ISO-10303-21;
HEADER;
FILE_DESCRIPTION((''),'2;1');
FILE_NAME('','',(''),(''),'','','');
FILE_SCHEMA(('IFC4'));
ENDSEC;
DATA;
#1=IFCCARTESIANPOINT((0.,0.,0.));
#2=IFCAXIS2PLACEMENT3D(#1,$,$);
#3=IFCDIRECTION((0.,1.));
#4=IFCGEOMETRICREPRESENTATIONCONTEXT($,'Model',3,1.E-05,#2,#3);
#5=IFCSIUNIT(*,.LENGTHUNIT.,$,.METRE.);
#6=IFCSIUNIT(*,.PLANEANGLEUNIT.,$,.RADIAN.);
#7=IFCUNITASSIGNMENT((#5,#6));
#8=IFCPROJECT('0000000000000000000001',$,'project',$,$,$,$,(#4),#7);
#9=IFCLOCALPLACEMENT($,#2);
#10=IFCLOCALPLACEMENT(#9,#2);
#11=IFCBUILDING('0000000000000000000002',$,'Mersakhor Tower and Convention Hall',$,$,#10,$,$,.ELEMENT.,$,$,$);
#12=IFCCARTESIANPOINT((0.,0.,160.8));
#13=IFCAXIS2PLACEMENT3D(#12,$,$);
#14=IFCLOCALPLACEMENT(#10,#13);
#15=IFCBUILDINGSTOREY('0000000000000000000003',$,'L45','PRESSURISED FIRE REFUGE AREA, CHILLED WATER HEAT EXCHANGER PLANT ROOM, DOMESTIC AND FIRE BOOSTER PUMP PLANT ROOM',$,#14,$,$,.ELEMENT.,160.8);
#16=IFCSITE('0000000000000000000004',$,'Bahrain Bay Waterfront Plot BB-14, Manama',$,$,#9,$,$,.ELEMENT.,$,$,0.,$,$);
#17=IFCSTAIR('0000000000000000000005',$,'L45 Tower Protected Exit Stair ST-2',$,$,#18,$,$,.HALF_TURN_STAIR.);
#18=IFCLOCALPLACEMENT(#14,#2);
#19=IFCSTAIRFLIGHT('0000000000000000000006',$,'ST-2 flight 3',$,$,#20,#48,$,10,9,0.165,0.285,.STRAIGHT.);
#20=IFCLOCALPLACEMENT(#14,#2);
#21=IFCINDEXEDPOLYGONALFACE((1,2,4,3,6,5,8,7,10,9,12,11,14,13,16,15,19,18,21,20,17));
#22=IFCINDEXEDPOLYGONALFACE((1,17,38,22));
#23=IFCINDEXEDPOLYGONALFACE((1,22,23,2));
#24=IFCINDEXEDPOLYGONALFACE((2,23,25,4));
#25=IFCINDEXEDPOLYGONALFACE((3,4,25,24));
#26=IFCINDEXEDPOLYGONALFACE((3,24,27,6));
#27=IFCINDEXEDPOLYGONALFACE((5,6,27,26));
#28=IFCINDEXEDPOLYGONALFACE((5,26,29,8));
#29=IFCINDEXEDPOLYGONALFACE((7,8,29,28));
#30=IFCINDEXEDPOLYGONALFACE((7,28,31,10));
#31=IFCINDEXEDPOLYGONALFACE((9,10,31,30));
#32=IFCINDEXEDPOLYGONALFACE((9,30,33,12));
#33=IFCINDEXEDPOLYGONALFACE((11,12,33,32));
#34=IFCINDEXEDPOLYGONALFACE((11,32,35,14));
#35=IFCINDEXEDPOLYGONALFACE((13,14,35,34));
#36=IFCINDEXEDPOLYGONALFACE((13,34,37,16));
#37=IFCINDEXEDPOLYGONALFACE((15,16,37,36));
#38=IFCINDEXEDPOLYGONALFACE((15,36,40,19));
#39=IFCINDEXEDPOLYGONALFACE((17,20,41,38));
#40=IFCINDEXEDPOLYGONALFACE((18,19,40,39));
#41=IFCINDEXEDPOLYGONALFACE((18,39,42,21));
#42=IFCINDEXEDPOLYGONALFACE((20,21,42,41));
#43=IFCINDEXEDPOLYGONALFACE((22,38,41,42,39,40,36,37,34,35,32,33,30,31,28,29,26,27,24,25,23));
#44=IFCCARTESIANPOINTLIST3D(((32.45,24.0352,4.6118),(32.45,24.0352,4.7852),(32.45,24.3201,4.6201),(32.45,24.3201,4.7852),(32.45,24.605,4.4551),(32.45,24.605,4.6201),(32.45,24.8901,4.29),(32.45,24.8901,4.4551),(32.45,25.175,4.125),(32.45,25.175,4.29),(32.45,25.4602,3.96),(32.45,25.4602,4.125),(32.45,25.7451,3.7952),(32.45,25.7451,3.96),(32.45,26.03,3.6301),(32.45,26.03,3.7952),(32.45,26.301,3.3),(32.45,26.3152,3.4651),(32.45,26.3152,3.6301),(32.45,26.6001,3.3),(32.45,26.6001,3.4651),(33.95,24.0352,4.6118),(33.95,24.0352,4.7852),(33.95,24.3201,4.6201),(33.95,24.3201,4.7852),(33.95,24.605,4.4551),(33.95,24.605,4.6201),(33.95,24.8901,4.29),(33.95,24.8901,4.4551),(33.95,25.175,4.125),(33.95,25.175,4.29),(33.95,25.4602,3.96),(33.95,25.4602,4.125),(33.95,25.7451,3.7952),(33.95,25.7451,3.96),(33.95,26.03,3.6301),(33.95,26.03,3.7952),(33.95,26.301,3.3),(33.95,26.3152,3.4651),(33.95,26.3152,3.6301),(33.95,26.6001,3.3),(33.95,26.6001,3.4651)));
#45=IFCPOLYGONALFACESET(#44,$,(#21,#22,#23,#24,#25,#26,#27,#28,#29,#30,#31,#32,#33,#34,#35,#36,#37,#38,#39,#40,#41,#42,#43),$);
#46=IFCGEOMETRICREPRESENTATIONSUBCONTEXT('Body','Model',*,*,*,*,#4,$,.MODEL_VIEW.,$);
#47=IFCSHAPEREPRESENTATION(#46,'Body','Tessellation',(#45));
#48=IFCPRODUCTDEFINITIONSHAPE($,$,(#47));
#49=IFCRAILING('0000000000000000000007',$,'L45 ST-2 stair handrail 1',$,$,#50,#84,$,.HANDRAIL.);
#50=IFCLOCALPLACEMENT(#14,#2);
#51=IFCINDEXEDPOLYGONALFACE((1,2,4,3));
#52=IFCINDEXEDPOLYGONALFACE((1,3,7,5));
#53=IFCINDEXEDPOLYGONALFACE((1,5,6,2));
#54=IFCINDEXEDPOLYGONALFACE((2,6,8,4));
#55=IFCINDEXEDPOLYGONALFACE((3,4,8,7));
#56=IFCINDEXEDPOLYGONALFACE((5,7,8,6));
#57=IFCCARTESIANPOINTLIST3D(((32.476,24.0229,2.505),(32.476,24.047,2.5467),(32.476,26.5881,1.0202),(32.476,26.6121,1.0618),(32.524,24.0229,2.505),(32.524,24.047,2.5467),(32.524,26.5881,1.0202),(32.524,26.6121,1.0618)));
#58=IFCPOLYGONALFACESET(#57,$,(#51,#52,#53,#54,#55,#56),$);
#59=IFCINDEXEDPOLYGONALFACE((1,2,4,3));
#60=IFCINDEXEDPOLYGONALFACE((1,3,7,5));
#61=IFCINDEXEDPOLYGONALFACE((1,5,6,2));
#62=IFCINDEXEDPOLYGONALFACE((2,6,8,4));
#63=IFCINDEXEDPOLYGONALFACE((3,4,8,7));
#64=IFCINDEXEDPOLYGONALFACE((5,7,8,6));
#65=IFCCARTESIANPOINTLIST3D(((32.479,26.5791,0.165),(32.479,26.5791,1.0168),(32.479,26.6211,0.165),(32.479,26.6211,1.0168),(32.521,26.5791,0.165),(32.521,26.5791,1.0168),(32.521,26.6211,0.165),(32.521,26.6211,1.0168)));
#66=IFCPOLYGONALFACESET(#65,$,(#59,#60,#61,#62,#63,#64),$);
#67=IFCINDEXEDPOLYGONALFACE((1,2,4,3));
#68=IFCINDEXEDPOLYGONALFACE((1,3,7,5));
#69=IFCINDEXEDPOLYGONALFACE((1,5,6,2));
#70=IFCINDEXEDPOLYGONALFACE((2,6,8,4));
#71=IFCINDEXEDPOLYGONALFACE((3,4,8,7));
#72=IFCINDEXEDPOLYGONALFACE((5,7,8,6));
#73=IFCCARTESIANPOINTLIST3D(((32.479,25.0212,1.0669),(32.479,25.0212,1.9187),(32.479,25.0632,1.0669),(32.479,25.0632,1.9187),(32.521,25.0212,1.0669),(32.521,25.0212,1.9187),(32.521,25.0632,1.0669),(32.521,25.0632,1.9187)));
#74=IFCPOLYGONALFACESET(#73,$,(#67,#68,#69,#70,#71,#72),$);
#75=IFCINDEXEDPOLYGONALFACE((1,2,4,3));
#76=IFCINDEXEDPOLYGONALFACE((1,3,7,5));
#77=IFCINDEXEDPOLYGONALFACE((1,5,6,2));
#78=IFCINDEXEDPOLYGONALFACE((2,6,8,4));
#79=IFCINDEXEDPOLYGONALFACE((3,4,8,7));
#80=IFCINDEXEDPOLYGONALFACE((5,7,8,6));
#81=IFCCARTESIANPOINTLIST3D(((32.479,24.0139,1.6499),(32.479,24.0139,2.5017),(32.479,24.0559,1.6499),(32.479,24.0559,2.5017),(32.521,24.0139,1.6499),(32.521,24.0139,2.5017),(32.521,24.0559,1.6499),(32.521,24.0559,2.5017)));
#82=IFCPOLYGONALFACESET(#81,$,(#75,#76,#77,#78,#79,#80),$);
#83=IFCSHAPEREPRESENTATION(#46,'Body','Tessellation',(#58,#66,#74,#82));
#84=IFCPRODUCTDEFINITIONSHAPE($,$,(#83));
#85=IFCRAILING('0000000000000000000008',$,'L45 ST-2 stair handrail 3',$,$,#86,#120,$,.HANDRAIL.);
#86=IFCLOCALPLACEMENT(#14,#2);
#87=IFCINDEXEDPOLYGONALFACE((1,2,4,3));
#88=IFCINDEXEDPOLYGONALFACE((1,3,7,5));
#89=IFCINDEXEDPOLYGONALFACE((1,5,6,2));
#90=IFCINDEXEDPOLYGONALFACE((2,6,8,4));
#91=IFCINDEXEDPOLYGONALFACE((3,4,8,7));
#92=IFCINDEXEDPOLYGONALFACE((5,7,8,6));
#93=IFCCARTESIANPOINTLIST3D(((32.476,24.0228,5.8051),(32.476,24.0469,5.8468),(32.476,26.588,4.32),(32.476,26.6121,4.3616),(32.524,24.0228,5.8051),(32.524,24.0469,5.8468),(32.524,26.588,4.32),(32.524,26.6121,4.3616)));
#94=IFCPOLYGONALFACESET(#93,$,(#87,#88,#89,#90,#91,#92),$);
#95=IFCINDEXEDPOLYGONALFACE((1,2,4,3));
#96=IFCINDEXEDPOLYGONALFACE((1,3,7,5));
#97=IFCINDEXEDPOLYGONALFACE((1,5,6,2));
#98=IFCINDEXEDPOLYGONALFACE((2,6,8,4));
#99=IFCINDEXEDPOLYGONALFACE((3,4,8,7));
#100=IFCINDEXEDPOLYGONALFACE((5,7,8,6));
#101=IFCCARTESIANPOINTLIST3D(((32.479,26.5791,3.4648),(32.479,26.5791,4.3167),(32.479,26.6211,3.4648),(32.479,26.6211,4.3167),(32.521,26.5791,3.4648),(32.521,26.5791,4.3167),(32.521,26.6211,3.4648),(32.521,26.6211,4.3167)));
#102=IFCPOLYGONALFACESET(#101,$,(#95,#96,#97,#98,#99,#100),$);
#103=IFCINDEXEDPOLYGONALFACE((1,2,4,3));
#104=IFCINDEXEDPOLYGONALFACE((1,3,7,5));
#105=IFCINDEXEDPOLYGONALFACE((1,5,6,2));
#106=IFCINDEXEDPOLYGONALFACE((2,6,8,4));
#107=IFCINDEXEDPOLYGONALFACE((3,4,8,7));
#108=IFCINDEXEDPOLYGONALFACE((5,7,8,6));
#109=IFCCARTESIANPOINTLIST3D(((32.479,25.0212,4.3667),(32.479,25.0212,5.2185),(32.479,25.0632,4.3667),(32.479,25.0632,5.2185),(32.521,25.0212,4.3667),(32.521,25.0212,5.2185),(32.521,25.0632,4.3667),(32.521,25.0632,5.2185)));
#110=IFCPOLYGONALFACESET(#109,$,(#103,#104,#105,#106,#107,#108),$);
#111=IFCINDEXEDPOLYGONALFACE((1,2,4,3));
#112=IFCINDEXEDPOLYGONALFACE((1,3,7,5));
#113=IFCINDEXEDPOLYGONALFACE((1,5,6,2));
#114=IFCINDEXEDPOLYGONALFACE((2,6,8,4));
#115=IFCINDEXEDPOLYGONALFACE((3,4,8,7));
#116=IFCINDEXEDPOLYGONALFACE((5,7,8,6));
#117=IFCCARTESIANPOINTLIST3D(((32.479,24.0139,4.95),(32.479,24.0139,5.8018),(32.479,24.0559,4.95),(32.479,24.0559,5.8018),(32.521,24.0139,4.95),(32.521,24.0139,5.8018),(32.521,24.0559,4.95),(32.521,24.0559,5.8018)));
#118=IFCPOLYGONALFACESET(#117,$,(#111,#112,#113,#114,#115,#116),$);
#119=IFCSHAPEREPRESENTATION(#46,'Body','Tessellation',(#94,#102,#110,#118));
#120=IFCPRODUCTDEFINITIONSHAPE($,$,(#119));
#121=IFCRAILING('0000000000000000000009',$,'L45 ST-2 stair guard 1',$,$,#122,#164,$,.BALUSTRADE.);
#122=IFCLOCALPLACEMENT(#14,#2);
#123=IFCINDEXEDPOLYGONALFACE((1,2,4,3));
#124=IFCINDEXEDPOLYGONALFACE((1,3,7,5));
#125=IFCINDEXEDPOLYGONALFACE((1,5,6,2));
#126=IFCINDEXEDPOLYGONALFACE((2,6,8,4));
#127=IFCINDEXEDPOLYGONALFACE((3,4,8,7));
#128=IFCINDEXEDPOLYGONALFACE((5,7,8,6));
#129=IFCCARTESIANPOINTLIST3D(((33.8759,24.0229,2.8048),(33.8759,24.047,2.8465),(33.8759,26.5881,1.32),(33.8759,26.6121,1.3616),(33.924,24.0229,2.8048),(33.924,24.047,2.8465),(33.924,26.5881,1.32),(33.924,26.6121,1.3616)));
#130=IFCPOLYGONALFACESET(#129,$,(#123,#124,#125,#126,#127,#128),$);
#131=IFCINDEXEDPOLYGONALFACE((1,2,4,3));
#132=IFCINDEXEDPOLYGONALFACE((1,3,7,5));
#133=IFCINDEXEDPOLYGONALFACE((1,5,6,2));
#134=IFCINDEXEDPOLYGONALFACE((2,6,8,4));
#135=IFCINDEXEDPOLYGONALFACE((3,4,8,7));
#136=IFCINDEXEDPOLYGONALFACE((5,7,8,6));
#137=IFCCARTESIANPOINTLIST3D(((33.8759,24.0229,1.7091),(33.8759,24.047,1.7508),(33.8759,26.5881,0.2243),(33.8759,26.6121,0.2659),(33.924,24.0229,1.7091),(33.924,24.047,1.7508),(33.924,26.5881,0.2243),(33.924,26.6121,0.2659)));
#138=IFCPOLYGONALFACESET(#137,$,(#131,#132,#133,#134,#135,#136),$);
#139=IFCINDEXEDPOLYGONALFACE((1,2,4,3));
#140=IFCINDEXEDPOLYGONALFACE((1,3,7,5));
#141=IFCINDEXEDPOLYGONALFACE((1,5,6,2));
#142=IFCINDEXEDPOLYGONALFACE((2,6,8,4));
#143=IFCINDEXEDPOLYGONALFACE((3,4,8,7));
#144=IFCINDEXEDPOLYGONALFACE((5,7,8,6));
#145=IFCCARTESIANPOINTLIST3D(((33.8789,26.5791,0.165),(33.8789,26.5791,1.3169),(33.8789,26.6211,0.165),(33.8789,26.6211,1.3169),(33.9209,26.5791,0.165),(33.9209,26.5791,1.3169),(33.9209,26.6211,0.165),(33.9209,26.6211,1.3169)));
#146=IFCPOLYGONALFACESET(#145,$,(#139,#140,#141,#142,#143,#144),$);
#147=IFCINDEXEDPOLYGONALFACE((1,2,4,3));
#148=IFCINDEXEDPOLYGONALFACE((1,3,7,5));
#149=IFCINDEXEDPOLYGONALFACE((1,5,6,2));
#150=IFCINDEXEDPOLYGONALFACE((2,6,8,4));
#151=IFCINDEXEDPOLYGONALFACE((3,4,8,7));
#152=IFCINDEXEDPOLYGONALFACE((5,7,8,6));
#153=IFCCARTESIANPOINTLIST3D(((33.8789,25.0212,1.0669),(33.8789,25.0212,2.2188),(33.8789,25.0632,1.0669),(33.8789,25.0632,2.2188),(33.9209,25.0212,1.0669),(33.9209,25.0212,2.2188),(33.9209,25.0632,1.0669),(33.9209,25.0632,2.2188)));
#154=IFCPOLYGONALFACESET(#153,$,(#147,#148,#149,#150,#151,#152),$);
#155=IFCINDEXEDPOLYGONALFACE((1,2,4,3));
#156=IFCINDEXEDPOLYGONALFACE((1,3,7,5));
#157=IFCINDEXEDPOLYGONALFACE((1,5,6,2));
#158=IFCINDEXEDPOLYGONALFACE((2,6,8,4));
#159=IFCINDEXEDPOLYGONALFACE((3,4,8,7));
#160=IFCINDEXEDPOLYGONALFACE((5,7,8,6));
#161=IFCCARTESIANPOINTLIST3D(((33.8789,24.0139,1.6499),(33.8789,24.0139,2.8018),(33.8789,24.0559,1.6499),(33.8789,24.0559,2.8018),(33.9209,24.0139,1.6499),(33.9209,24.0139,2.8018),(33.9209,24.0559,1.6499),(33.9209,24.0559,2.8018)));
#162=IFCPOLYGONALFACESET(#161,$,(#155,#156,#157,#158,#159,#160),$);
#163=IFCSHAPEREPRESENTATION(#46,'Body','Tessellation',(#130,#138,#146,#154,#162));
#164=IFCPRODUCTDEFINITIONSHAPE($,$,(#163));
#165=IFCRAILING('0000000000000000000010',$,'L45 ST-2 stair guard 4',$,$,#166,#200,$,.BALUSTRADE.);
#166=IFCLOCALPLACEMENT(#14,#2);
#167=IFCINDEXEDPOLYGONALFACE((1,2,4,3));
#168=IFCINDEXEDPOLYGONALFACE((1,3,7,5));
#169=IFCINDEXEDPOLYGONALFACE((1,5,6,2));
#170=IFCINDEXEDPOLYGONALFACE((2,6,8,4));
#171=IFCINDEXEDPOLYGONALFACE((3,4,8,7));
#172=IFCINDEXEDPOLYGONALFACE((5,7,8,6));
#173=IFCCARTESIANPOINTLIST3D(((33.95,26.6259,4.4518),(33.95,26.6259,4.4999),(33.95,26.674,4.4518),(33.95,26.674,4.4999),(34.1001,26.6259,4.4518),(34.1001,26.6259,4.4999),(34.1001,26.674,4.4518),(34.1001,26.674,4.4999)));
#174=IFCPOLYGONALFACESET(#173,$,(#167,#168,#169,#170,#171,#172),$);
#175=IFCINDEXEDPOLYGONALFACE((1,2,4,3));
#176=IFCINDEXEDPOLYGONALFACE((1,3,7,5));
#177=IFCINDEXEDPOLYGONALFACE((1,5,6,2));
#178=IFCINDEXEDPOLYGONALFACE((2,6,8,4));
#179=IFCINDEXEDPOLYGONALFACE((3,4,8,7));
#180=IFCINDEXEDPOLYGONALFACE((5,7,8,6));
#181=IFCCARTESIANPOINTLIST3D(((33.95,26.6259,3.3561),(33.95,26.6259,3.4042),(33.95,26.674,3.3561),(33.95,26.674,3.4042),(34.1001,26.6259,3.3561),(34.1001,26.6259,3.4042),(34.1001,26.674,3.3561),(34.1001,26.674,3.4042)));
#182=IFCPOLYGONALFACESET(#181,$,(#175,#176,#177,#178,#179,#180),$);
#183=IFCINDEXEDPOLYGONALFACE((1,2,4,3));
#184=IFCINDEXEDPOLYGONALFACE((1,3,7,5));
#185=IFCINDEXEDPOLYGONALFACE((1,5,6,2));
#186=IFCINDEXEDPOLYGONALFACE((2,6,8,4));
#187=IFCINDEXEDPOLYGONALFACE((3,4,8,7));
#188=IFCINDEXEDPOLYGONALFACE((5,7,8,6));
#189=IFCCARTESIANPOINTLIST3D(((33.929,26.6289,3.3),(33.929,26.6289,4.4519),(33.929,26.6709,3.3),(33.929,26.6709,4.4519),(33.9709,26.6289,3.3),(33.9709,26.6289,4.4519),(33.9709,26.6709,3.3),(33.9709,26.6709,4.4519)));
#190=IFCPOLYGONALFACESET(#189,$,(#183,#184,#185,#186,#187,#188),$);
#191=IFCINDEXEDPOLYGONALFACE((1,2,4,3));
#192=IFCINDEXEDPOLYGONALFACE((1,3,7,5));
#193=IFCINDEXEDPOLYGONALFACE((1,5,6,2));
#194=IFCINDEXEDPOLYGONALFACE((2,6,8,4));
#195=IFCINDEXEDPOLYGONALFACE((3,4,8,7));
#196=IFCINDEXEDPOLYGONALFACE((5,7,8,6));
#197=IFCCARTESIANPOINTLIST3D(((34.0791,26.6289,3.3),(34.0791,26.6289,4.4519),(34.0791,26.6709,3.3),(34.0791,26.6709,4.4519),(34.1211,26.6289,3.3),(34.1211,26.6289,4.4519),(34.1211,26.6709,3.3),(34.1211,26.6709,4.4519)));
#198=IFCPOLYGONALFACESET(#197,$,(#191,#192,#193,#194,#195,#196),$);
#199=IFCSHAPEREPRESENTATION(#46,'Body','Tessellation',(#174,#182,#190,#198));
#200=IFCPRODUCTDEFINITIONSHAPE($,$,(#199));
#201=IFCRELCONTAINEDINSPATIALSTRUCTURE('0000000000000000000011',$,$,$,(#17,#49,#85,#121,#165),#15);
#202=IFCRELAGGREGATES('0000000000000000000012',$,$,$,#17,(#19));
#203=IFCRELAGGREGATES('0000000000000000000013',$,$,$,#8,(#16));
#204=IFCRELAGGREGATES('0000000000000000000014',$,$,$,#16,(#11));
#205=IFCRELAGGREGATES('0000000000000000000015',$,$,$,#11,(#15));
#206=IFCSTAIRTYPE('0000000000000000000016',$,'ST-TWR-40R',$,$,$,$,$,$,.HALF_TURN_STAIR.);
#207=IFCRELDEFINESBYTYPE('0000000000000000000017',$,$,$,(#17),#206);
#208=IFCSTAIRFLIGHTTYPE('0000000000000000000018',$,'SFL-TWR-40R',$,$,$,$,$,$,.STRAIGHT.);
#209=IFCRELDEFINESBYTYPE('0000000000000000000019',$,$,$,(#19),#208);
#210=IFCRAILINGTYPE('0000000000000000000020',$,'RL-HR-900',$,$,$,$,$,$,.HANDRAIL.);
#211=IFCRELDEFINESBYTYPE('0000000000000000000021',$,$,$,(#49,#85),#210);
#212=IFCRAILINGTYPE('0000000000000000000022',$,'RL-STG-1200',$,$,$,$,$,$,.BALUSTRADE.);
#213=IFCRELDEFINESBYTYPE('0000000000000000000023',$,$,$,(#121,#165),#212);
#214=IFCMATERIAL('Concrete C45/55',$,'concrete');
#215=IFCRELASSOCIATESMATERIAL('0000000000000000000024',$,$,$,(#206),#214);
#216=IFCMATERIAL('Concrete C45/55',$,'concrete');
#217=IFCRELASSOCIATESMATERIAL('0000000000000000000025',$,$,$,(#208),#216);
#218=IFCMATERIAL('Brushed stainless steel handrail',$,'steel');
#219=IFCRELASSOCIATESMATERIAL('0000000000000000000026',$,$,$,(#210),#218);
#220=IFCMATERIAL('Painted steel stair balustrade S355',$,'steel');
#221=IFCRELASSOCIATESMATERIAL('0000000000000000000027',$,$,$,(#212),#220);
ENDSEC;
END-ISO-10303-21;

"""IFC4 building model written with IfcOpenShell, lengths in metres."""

from ifc_helpers import new_model, si_unit, direction, frame, origin, origin_2d, place, context, subcontext, project, spatial, polyline, rectangle, outline, extrude, material, type_object, element, aggregate, save


model = new_model("IFC4")

# Units and contexts
model_context = context("Model", 3, precision=1e-05, world=origin(), true_north=direction((0.0, 1.0)))
body_context = subcontext(model_context, "Body", "Model", "MODEL_VIEW")
ifc_project = project(units=[si_unit("LENGTHUNIT", "METRE"), si_unit("PLANEANGLEUNIT", "RADIAN")], contexts=[model_context])

# Site, building, storey
site_placement = place(None, origin())
site = spatial("IfcSite", under=ifc_project, at=site_placement, Name="Bahrain Bay Waterfront Plot BB-14, Manama", CompositionType="ELEMENT", RefElevation=0.0)
building_placement = place(site_placement, origin())
building = spatial("IfcBuilding", under=site, at=building_placement, Name="Mersakhor Tower and Convention Hall", CompositionType="ELEMENT")
storey_placement = place(building_placement, frame((0.0, 0.0, 160.8)))
storey = spatial("IfcBuildingStorey", under=building, at=storey_placement, Name="L45", Description="PRESSURISED FIRE REFUGE AREA, CHILLED WATER HEAT EXCHANGER PLANT ROOM, DOMESTIC AND FIRE BOOSTER PUMP PLANT ROOM", CompositionType="ELEMENT", Elevation=160.8)

# Stair, stair flight
ifc_material_1 = material(Name="Concrete C45/55", Category="concrete")
stair_type = type_object("IfcStairType", Name="ST-TWR-40R", PredefinedType="HALF_TURN_STAIR", material=ifc_material_1)
stair_placement = place(storey_placement, origin())
stair = element("IfcStair", 1, at=stair_placement, inside=storey, type_object=stair_type, Name="L45 Tower Protected Exit Stair ST-2", PredefinedType="HALF_TURN_STAIR")
ifc_material_2 = material(Name="Concrete C45/55", Category="concrete")
stair_flight_type = type_object("IfcStairFlightType", Name="SFL-TWR-40R", PredefinedType="STRAIGHT", material=ifc_material_2)
stair_flight_placement = place(storey_placement, frame((33.2, 26.6001, 3.3), z_axis=(0.0, 0.0, 1.0), x_axis=(0.0, -1.0, 0.0)))
stair_flight = element("IfcStairFlight", 2, at=stair_flight_placement, type_object=stair_flight_type, Name="ST-2 flight 3", NumberOfRisers=10, NumberOfTreads=9, PredefinedType="STRAIGHT", RiserHeight=0.165, TreadLength=0.285, context=body_context, shape_type="SweptSolid", body=[
    extrude(outline(polyline([(0.0, 0.0), (0.0, 0.165), (0.2849, 0.165), (0.2849, 0.3301), (0.5701, 0.3301), (0.5701, 0.4951), (0.855, 0.4951), (0.855, 0.6599), (1.1399, 0.6599), (1.1399, 0.825), (1.425, 0.825), (1.425, 0.99), (1.71, 0.99), (1.71, 1.155), (1.9951, 1.155), (1.9951, 1.3201), (2.28, 1.3201), (2.28, 1.4851), (2.5649, 1.4851), (2.5649, 1.6499), (2.5649, 1.3118), (0.2991, 0.0), (0.0, 0.0)])), frame((0.0, 0.75, 0.0), z_axis=(0.0, -1.0, 0.0), x_axis=(1.0, 0.0, 0.0)), (0.0, 0.0, 1.0), 1.5),
])
aggregate(stair, [stair_flight])

# Railings
ifc_material_3 = material(Name="Brushed stainless steel handrail", Category="steel")
railing_type_1 = type_object("IfcRailingType", Name="RL-HR-900", PredefinedType="HANDRAIL", material=ifc_material_3)
railing_1_placement = place(storey_placement, frame((32.5, 26.6001, 0.165)))
element("IfcRailing", 3, at=railing_1_placement, inside=storey, type_object=railing_type_1, Name="L45 ST-2 stair handrail 1", PredefinedType="HANDRAIL", context=body_context, shape_type="SweptSolid", body=[
    extrude(rectangle(XDim=0.0481, YDim=0.0481, at=origin_2d()), frame((0.0, 0.0, 0.876), z_axis=(0.0, -0.865462, 0.500975), x_axis=(1.0, 0.0, 0.0)), (0.0, 0.0, 1.0), 2.9639),
    extrude(rectangle(XDim=0.042, YDim=0.042, at=origin_2d()), origin(), (0.0, 0.0, 1.0), 0.8518),
    extrude(rectangle(XDim=0.042, YDim=0.042, at=origin_2d()), frame((0.0, -1.5579, 0.9019)), (0.0, 0.0, 1.0), 0.8518),
    extrude(rectangle(XDim=0.042, YDim=0.042, at=origin_2d()), frame((0.0, -2.5652, 1.4849)), (0.0, 0.0, 1.0), 0.8518),
])
railing_2_placement = place(storey_placement, frame((32.5, 26.6001, 3.4648)))
element("IfcRailing", 4, at=railing_2_placement, inside=storey, type_object=railing_type_1, Name="L45 ST-2 stair handrail 3", PredefinedType="HANDRAIL", context=body_context, shape_type="SweptSolid", body=[
    extrude(rectangle(XDim=0.0481, YDim=0.0481, at=origin_2d()), frame((0.0, 0.0, 0.876), z_axis=(0.0, -0.865426, 0.501036), x_axis=(1.0, 0.0, 0.0)), (0.0, 0.0, 1.0), 2.9641),
    extrude(rectangle(XDim=0.042, YDim=0.042, at=origin_2d()), origin(), (0.0, 0.0, 1.0), 0.8518),
    extrude(rectangle(XDim=0.042, YDim=0.042, at=origin_2d()), frame((0.0, -1.5579, 0.9019)), (0.0, 0.0, 1.0), 0.8518),
    extrude(rectangle(XDim=0.042, YDim=0.042, at=origin_2d()), frame((0.0, -2.5652, 1.4851)), (0.0, 0.0, 1.0), 0.8518),
])
ifc_material_4 = material(Name="Painted steel stair balustrade S355", Category="steel")
railing_type_2 = type_object("IfcRailingType", Name="RL-STG-1200", PredefinedType="BALUSTRADE", material=ifc_material_4)
railing_3_placement = place(storey_placement, frame((33.8999, 26.6001, 0.165)))
element("IfcRailing", 5, at=railing_3_placement, inside=storey, type_object=railing_type_2, Name="L45 ST-2 stair guard 1", PredefinedType="BALUSTRADE", context=body_context, shape_type="SweptSolid", body=[
    extrude(rectangle(XDim=0.0481, YDim=0.0481, at=origin_2d()), frame((0.0, 0.0, 1.1758), z_axis=(0.0, -0.865462, 0.500975), x_axis=(1.0, 0.0, 0.0)), (0.0, 0.0, 1.0), 2.9639),
    extrude(rectangle(XDim=0.0481, YDim=0.0481, at=origin_2d()), frame((0.0, 0.0, 0.0801), z_axis=(0.0, -0.865462, 0.500975), x_axis=(1.0, 0.0, 0.0)), (0.0, 0.0, 1.0), 2.9639),
    extrude(rectangle(XDim=0.042, YDim=0.042, at=origin_2d()), origin(), (0.0, 0.0, 1.0), 1.1519),
    extrude(rectangle(XDim=0.042, YDim=0.042, at=origin_2d()), frame((0.0, -1.5579, 0.9019)), (0.0, 0.0, 1.0), 1.1519),
    extrude(rectangle(XDim=0.042, YDim=0.042, at=origin_2d()), frame((0.0, -2.5652, 1.4849)), (0.0, 0.0, 1.0), 1.1519),
])
railing_4_placement = place(storey_placement, frame((33.95, 26.6499, 3.3)))
element("IfcRailing", 6, at=railing_4_placement, inside=storey, type_object=railing_type_2, Name="L45 ST-2 stair guard 4", PredefinedType="BALUSTRADE", context=body_context, shape_type="SweptSolid", body=[
    extrude(rectangle(XDim=0.0481, YDim=0.0481, at=origin_2d()), frame((0.0, 0.0, 1.1758), z_axis=(1.0, 0.0, 0.0), x_axis=(0.0, 1.0, 0.0)), (0.0, 0.0, 1.0), 0.1501),
    extrude(rectangle(XDim=0.0481, YDim=0.0481, at=origin_2d()), frame((0.0, 0.0, 0.0801), z_axis=(1.0, 0.0, 0.0), x_axis=(0.0, 1.0, 0.0)), (0.0, 0.0, 1.0), 0.1501),
    extrude(rectangle(XDim=0.042, YDim=0.042, at=origin_2d()), origin(), (0.0, 0.0, 1.0), 1.1519),
    extrude(rectangle(XDim=0.042, YDim=0.042, at=origin_2d()), frame((0.1501, 0.0, 0.0)), (0.0, 0.0, 1.0), 1.1519),
])

save(model, "model.ifc")
